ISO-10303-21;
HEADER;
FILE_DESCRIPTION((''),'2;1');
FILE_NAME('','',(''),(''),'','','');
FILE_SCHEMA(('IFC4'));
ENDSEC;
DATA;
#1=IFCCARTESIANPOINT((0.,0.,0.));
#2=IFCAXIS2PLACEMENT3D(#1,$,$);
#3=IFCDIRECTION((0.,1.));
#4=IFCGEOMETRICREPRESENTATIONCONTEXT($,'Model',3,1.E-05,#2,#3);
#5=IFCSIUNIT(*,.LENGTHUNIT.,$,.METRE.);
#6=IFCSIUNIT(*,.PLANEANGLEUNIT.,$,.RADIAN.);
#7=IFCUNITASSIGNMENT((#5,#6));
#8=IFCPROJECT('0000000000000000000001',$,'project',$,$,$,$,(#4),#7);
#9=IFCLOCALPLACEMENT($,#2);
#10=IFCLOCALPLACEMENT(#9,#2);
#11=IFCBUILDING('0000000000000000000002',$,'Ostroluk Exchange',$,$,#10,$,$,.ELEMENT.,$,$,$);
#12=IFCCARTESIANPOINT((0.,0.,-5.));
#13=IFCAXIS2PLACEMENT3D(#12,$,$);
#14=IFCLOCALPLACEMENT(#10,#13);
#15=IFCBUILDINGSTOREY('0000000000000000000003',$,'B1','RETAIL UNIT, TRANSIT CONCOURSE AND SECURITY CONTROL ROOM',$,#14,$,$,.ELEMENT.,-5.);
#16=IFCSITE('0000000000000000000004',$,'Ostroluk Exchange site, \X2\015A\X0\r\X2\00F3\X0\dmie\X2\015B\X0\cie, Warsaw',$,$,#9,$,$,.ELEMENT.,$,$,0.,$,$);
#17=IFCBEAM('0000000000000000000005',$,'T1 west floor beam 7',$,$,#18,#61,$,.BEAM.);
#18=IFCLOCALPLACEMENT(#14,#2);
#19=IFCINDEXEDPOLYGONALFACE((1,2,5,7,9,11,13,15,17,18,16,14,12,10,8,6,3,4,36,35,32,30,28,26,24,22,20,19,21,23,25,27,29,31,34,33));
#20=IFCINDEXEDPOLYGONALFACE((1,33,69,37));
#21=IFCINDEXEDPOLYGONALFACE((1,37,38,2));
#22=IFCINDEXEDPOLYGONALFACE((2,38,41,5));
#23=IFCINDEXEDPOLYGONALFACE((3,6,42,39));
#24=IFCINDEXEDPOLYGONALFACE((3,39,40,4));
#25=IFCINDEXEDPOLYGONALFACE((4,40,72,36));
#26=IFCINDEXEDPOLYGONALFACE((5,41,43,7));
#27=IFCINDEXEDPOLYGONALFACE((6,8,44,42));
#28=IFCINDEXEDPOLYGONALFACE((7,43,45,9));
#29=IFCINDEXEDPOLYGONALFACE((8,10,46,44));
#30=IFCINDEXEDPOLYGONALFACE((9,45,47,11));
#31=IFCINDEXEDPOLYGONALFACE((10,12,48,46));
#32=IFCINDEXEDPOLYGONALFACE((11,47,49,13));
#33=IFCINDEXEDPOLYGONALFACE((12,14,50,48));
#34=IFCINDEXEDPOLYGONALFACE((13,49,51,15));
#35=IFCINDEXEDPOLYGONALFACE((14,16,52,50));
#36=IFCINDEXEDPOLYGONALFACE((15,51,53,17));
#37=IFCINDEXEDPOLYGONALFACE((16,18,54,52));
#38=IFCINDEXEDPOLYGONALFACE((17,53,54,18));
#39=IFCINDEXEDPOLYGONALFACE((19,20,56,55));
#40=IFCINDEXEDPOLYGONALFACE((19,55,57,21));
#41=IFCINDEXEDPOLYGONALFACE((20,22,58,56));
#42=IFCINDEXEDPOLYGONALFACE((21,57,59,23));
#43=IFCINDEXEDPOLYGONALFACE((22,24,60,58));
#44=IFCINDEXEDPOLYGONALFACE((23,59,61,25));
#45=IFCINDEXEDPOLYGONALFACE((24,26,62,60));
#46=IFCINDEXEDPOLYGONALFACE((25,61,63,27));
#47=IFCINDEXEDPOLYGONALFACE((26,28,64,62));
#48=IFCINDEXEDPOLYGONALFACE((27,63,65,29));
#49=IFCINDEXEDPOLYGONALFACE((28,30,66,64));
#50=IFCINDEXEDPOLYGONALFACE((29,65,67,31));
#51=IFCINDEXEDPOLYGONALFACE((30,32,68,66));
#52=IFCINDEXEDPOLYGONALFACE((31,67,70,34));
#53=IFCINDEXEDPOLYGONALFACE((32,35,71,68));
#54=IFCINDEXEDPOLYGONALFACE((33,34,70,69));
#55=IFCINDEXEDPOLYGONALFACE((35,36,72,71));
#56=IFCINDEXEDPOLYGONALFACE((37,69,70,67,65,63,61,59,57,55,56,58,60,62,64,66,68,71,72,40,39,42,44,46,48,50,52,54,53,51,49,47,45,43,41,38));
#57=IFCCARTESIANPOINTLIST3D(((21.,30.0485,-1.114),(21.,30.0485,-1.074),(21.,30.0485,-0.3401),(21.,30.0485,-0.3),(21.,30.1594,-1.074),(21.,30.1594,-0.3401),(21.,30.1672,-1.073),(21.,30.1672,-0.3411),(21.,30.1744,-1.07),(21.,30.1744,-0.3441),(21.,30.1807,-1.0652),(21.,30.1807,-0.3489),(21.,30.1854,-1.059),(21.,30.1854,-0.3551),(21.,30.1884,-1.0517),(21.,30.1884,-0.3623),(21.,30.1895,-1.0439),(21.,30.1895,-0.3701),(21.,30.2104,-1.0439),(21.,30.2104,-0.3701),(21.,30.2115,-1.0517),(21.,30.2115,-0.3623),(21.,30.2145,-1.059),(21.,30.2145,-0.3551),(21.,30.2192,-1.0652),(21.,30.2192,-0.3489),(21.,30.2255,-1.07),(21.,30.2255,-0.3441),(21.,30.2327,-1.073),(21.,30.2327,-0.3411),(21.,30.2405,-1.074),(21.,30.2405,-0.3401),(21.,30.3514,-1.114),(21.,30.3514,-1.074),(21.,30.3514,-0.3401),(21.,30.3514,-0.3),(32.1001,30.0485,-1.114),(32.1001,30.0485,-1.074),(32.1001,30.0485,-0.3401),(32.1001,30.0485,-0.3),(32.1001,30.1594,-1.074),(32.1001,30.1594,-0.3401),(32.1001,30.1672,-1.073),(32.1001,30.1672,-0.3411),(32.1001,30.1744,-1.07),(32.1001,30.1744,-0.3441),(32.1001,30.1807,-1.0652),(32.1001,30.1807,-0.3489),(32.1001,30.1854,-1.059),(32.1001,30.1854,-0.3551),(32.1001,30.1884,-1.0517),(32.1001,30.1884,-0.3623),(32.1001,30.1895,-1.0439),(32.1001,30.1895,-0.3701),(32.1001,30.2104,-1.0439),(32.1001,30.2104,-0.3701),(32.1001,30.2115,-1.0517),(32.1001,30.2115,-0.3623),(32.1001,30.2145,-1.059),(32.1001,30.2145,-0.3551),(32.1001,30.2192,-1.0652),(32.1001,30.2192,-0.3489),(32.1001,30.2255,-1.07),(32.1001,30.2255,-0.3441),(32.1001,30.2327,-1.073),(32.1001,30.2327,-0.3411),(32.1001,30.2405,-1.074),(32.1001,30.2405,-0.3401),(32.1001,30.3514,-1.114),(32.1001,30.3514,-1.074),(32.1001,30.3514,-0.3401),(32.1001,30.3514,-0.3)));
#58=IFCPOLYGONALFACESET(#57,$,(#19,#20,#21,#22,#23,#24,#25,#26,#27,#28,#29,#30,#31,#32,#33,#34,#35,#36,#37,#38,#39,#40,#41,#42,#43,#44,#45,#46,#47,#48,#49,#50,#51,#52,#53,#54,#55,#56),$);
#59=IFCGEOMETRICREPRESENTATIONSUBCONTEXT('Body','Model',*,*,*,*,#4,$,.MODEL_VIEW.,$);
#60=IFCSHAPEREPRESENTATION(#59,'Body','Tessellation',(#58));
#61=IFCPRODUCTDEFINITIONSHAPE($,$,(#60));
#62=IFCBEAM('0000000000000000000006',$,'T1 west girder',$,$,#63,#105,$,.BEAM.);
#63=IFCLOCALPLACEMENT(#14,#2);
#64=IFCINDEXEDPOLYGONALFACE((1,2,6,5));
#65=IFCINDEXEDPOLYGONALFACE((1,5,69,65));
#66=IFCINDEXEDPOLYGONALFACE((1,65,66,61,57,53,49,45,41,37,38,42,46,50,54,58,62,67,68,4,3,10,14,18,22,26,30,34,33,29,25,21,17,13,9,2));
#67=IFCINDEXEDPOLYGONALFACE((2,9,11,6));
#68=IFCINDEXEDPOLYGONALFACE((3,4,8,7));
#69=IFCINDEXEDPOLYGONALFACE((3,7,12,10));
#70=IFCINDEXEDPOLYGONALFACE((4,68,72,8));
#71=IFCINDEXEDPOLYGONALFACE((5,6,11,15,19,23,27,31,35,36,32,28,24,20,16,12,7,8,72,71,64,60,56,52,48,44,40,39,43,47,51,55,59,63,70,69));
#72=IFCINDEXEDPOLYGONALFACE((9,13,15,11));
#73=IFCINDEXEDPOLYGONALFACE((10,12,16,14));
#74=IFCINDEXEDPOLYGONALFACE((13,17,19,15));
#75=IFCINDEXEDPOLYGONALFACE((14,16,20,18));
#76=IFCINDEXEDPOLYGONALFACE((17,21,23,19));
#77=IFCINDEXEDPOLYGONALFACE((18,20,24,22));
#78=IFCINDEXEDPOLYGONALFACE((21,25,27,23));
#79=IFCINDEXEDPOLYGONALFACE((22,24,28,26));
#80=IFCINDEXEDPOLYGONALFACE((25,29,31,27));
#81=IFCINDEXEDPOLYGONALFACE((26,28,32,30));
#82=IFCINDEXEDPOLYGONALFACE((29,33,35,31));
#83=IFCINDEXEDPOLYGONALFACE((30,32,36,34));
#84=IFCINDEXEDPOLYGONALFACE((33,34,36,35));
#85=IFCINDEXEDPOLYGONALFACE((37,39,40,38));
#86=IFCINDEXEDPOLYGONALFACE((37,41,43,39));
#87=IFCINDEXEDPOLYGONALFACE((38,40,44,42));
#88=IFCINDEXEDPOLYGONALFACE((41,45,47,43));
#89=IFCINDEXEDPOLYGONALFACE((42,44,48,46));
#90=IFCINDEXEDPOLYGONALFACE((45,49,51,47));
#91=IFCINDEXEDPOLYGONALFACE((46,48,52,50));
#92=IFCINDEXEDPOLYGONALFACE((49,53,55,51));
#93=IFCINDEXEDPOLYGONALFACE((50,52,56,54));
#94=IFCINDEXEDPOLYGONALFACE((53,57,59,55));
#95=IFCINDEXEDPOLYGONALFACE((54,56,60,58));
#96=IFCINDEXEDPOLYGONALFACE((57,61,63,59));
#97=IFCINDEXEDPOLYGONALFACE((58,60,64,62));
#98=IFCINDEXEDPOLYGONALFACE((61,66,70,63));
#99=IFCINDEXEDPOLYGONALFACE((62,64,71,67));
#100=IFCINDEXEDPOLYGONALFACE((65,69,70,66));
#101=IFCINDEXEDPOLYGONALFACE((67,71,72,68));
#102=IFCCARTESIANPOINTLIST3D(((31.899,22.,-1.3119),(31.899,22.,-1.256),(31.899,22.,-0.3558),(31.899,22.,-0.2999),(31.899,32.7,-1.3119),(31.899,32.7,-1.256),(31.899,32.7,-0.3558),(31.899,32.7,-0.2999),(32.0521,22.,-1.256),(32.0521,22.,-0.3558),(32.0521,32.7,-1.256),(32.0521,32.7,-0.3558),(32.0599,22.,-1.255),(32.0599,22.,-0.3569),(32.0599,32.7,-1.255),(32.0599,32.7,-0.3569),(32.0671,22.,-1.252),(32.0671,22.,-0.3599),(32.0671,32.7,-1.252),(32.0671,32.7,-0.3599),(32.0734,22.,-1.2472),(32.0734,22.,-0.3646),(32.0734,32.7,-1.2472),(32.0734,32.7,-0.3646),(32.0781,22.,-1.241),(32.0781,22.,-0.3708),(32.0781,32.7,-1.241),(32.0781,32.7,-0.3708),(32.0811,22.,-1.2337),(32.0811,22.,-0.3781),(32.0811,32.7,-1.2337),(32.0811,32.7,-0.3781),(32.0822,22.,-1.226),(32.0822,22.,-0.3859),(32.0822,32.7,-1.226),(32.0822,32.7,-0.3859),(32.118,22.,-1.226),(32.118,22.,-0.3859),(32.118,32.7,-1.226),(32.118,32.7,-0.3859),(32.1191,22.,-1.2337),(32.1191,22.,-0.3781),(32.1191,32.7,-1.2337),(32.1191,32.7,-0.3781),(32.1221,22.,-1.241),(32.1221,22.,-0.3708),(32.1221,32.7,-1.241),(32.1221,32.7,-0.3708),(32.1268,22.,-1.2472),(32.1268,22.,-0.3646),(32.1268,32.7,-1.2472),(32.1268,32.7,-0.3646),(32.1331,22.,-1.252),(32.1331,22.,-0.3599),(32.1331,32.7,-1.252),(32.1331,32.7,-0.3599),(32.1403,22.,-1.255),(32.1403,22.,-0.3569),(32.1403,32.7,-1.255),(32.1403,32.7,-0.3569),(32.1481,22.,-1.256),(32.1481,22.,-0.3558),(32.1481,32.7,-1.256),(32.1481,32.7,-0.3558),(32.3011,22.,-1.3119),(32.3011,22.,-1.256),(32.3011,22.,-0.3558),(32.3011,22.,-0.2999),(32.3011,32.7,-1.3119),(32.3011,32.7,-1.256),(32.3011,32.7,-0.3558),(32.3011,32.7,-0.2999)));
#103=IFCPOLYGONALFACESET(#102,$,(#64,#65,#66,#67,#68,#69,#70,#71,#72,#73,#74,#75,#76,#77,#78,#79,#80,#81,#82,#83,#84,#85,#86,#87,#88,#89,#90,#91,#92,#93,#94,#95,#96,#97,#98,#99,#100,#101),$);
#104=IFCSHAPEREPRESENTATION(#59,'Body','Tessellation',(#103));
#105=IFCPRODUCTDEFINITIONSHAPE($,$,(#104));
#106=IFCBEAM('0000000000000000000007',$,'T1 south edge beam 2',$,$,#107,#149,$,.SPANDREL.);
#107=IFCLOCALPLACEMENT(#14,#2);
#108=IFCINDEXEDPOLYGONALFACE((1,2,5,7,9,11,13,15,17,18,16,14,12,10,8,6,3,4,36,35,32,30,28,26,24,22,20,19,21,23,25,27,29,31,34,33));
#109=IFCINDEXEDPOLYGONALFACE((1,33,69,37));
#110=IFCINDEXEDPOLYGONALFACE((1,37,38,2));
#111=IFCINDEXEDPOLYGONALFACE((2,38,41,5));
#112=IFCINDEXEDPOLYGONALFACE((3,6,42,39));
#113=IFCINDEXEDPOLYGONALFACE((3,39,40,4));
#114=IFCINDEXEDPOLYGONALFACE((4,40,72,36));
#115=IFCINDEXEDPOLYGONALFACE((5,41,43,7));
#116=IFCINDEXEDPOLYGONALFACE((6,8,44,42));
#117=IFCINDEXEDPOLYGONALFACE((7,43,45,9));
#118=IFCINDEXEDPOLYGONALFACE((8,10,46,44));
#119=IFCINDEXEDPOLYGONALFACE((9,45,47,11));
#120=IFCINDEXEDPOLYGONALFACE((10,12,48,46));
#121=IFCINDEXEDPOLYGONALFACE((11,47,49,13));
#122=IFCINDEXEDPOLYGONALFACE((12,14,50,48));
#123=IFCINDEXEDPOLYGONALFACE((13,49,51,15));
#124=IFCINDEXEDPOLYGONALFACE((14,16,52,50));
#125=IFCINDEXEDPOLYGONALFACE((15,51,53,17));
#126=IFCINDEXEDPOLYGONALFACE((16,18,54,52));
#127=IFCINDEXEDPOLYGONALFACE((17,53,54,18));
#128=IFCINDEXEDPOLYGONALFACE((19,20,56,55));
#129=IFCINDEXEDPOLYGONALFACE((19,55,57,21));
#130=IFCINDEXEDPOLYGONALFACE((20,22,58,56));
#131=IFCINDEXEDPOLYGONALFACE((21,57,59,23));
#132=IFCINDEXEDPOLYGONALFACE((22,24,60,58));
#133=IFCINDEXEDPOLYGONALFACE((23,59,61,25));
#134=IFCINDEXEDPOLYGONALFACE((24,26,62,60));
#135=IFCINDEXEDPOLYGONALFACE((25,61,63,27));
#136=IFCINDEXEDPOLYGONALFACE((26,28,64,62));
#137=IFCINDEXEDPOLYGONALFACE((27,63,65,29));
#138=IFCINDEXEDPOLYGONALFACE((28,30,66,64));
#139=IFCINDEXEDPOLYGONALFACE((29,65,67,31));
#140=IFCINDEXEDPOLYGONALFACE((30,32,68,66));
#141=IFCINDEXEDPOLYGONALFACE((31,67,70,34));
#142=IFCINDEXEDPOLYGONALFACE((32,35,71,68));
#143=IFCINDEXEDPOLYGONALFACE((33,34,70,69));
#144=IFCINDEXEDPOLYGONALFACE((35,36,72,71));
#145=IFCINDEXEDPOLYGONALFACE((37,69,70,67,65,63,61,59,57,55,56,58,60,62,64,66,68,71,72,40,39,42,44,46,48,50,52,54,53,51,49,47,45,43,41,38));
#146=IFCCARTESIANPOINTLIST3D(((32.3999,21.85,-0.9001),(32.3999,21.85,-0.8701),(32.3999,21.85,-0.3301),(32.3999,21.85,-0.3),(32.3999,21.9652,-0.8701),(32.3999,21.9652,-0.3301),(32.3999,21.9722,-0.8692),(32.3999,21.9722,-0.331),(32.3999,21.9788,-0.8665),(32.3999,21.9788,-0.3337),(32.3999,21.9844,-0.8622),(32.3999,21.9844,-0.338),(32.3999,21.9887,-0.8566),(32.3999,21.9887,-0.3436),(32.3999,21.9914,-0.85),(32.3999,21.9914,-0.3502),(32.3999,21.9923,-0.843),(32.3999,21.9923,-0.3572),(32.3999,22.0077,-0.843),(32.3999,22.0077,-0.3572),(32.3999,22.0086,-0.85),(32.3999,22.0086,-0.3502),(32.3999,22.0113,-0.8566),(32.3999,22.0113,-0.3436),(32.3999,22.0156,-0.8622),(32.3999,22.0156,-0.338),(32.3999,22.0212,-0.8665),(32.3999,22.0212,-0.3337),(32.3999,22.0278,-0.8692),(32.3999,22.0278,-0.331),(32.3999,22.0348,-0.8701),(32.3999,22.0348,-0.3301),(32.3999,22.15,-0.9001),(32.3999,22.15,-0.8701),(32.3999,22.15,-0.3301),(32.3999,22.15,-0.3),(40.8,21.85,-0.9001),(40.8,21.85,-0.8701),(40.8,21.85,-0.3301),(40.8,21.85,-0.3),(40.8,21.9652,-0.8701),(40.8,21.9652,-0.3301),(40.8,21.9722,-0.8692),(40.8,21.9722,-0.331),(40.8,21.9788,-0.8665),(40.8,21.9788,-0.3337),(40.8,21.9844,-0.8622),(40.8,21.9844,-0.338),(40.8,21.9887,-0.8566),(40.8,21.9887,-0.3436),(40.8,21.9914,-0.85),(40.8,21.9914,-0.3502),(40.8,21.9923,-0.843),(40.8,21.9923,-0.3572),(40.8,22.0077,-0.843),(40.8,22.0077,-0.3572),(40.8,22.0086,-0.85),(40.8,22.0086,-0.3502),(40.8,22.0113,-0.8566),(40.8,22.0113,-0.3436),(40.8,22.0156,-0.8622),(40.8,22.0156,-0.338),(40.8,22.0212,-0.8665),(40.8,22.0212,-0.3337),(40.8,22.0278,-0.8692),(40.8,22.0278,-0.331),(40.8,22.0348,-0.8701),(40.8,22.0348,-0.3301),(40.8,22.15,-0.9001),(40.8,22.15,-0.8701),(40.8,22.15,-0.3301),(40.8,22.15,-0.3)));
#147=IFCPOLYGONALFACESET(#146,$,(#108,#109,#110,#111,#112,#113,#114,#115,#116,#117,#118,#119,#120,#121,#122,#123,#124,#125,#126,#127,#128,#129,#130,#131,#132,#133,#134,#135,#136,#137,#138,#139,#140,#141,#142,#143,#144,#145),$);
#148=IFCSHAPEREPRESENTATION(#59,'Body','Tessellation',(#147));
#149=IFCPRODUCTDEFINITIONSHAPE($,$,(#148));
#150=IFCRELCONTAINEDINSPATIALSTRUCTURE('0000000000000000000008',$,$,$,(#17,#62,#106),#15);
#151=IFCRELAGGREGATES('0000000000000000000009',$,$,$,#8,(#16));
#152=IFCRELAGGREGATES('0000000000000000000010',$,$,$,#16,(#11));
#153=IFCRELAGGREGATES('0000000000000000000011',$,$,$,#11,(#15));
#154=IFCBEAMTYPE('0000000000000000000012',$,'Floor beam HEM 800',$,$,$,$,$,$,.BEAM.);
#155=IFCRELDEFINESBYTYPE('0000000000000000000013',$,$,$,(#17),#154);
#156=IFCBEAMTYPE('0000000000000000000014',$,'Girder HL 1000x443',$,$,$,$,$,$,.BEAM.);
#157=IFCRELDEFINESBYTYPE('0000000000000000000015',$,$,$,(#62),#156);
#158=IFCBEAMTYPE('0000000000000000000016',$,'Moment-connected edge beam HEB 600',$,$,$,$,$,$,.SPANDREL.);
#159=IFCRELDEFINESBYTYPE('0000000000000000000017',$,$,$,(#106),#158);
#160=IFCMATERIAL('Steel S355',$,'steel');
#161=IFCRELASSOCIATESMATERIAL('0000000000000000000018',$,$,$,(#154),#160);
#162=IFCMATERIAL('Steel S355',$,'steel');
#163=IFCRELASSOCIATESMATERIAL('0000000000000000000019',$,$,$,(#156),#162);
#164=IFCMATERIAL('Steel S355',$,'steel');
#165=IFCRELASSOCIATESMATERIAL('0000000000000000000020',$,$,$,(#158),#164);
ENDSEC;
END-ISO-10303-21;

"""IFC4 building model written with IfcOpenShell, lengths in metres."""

from ifc_helpers import new_model, si_unit, direction, frame, origin, origin_2d, place, context, subcontext, project, spatial, i_section, extrude, material, material_profile, profile_set, type_object, element, save


model = new_model("IFC4")

# Units and contexts
model_context = context("Model", 3, precision=1e-05, world=origin(), true_north=direction((0.0, 1.0)))
body_context = subcontext(model_context, "Body", "Model", "MODEL_VIEW")
ifc_project = project(units=[si_unit("LENGTHUNIT", "METRE"), si_unit("PLANEANGLEUNIT", "RADIAN")], contexts=[model_context])

# Site, building, storey
site_placement = place(None, origin())
site = spatial("IfcSite", under=ifc_project, at=site_placement, Name="Ostroluk Exchange site, Śródmieście, Warsaw", CompositionType="ELEMENT", RefElevation=0.0)
building_placement = place(site_placement, origin())
building = spatial("IfcBuilding", under=site, at=building_placement, Name="Ostroluk Exchange", CompositionType="ELEMENT")
storey_placement = place(building_placement, frame((0.0, 0.0, -5.0)))
storey = spatial("IfcBuildingStorey", under=building, at=storey_placement, Name="B1", Description="RETAIL UNIT, TRANSIT CONCOURSE AND SECURITY CONTROL ROOM", CompositionType="ELEMENT", Elevation=-5.0)

# Beams
ifc_material_1 = material(Name="Steel S355", Category="steel")
ifc_material_profile_1 = material_profile(ifc_material_1, i_section(OverallWidth=0.303, OverallDepth=0.814, WebThickness=0.021, FlangeThickness=0.04, FilletRadius=0.03, at=origin_2d()), Name="HEM 800")
ifc_profile_set_1 = profile_set([ifc_material_profile_1], Name="Steel S355")
beam_type_1 = type_object("IfcBeamType", Name="Floor beam HEM 800", PredefinedType="BEAM", material=ifc_profile_set_1)
beam_1_placement = place(storey_placement, frame((32.1001, 30.2, -0.707), z_axis=(-1.0, 0.0, 0.0), x_axis=(0.0, -1.0, 0.0)))
element("IfcBeam", 1, at=beam_1_placement, inside=storey, type_object=beam_type_1, Name="T1 west floor beam 7", PredefinedType="BEAM", context=body_context, shape_type="SweptSolid", body=[
    extrude(i_section(OverallWidth=0.303, OverallDepth=0.814, WebThickness=0.021, FlangeThickness=0.04, FilletRadius=0.03, at=origin_2d()), origin(), (0.0, 0.0, 1.0), 11.1001),
])
ifc_material_2 = material(Name="Steel S355", Category="steel")
ifc_material_profile_2 = material_profile(ifc_material_2, i_section(OverallWidth=0.4021, OverallDepth=1.012, WebThickness=0.0359, FlangeThickness=0.0559, FilletRadius=0.03, at=origin_2d()), Name="HL 1000x443")
ifc_profile_set_2 = profile_set([ifc_material_profile_2], Name="Steel S355")
beam_type_2 = type_object("IfcBeamType", Name="Girder HL 1000x443", PredefinedType="BEAM", material=ifc_profile_set_2)
beam_2_placement = place(storey_placement, frame((32.1001, 32.7, -0.8059), z_axis=(0.0, -1.0, 0.0), x_axis=(1.0, 0.0, 0.0)))
element("IfcBeam", 2, at=beam_2_placement, inside=storey, type_object=beam_type_2, Name="T1 west girder", PredefinedType="BEAM", context=body_context, shape_type="SweptSolid", body=[
    extrude(i_section(OverallWidth=0.4021, OverallDepth=1.012, WebThickness=0.0359, FlangeThickness=0.0559, FilletRadius=0.03, at=origin_2d()), origin(), (0.0, 0.0, 1.0), 10.7),
])
ifc_material_3 = material(Name="Steel S355", Category="steel")
ifc_material_profile_3 = material_profile(ifc_material_3, i_section(OverallWidth=0.3, OverallDepth=0.6001, WebThickness=0.0154, FlangeThickness=0.03, FilletRadius=0.0271, at=origin_2d()), Name="HEB 600")
ifc_profile_set_3 = profile_set([ifc_material_profile_3], Name="Steel S355")
beam_type_3 = type_object("IfcBeamType", Name="Moment-connected edge beam HEB 600", PredefinedType="SPANDREL", material=ifc_profile_set_3)
beam_3_placement = place(storey_placement, frame((32.3999, 22.0, -0.6001), z_axis=(1.0, 0.0, 0.0), x_axis=(0.0, 1.0, 0.0)))
element("IfcBeam", 3, at=beam_3_placement, inside=storey, type_object=beam_type_3, Name="T1 south edge beam 2", PredefinedType="SPANDREL", context=body_context, shape_type="SweptSolid", body=[
    extrude(i_section(OverallWidth=0.3, OverallDepth=0.6001, WebThickness=0.0154, FlangeThickness=0.03, FilletRadius=0.0271, at=origin_2d()), origin(), (0.0, 0.0, 1.0), 8.4001),
])

save(model, "model.ifc")
